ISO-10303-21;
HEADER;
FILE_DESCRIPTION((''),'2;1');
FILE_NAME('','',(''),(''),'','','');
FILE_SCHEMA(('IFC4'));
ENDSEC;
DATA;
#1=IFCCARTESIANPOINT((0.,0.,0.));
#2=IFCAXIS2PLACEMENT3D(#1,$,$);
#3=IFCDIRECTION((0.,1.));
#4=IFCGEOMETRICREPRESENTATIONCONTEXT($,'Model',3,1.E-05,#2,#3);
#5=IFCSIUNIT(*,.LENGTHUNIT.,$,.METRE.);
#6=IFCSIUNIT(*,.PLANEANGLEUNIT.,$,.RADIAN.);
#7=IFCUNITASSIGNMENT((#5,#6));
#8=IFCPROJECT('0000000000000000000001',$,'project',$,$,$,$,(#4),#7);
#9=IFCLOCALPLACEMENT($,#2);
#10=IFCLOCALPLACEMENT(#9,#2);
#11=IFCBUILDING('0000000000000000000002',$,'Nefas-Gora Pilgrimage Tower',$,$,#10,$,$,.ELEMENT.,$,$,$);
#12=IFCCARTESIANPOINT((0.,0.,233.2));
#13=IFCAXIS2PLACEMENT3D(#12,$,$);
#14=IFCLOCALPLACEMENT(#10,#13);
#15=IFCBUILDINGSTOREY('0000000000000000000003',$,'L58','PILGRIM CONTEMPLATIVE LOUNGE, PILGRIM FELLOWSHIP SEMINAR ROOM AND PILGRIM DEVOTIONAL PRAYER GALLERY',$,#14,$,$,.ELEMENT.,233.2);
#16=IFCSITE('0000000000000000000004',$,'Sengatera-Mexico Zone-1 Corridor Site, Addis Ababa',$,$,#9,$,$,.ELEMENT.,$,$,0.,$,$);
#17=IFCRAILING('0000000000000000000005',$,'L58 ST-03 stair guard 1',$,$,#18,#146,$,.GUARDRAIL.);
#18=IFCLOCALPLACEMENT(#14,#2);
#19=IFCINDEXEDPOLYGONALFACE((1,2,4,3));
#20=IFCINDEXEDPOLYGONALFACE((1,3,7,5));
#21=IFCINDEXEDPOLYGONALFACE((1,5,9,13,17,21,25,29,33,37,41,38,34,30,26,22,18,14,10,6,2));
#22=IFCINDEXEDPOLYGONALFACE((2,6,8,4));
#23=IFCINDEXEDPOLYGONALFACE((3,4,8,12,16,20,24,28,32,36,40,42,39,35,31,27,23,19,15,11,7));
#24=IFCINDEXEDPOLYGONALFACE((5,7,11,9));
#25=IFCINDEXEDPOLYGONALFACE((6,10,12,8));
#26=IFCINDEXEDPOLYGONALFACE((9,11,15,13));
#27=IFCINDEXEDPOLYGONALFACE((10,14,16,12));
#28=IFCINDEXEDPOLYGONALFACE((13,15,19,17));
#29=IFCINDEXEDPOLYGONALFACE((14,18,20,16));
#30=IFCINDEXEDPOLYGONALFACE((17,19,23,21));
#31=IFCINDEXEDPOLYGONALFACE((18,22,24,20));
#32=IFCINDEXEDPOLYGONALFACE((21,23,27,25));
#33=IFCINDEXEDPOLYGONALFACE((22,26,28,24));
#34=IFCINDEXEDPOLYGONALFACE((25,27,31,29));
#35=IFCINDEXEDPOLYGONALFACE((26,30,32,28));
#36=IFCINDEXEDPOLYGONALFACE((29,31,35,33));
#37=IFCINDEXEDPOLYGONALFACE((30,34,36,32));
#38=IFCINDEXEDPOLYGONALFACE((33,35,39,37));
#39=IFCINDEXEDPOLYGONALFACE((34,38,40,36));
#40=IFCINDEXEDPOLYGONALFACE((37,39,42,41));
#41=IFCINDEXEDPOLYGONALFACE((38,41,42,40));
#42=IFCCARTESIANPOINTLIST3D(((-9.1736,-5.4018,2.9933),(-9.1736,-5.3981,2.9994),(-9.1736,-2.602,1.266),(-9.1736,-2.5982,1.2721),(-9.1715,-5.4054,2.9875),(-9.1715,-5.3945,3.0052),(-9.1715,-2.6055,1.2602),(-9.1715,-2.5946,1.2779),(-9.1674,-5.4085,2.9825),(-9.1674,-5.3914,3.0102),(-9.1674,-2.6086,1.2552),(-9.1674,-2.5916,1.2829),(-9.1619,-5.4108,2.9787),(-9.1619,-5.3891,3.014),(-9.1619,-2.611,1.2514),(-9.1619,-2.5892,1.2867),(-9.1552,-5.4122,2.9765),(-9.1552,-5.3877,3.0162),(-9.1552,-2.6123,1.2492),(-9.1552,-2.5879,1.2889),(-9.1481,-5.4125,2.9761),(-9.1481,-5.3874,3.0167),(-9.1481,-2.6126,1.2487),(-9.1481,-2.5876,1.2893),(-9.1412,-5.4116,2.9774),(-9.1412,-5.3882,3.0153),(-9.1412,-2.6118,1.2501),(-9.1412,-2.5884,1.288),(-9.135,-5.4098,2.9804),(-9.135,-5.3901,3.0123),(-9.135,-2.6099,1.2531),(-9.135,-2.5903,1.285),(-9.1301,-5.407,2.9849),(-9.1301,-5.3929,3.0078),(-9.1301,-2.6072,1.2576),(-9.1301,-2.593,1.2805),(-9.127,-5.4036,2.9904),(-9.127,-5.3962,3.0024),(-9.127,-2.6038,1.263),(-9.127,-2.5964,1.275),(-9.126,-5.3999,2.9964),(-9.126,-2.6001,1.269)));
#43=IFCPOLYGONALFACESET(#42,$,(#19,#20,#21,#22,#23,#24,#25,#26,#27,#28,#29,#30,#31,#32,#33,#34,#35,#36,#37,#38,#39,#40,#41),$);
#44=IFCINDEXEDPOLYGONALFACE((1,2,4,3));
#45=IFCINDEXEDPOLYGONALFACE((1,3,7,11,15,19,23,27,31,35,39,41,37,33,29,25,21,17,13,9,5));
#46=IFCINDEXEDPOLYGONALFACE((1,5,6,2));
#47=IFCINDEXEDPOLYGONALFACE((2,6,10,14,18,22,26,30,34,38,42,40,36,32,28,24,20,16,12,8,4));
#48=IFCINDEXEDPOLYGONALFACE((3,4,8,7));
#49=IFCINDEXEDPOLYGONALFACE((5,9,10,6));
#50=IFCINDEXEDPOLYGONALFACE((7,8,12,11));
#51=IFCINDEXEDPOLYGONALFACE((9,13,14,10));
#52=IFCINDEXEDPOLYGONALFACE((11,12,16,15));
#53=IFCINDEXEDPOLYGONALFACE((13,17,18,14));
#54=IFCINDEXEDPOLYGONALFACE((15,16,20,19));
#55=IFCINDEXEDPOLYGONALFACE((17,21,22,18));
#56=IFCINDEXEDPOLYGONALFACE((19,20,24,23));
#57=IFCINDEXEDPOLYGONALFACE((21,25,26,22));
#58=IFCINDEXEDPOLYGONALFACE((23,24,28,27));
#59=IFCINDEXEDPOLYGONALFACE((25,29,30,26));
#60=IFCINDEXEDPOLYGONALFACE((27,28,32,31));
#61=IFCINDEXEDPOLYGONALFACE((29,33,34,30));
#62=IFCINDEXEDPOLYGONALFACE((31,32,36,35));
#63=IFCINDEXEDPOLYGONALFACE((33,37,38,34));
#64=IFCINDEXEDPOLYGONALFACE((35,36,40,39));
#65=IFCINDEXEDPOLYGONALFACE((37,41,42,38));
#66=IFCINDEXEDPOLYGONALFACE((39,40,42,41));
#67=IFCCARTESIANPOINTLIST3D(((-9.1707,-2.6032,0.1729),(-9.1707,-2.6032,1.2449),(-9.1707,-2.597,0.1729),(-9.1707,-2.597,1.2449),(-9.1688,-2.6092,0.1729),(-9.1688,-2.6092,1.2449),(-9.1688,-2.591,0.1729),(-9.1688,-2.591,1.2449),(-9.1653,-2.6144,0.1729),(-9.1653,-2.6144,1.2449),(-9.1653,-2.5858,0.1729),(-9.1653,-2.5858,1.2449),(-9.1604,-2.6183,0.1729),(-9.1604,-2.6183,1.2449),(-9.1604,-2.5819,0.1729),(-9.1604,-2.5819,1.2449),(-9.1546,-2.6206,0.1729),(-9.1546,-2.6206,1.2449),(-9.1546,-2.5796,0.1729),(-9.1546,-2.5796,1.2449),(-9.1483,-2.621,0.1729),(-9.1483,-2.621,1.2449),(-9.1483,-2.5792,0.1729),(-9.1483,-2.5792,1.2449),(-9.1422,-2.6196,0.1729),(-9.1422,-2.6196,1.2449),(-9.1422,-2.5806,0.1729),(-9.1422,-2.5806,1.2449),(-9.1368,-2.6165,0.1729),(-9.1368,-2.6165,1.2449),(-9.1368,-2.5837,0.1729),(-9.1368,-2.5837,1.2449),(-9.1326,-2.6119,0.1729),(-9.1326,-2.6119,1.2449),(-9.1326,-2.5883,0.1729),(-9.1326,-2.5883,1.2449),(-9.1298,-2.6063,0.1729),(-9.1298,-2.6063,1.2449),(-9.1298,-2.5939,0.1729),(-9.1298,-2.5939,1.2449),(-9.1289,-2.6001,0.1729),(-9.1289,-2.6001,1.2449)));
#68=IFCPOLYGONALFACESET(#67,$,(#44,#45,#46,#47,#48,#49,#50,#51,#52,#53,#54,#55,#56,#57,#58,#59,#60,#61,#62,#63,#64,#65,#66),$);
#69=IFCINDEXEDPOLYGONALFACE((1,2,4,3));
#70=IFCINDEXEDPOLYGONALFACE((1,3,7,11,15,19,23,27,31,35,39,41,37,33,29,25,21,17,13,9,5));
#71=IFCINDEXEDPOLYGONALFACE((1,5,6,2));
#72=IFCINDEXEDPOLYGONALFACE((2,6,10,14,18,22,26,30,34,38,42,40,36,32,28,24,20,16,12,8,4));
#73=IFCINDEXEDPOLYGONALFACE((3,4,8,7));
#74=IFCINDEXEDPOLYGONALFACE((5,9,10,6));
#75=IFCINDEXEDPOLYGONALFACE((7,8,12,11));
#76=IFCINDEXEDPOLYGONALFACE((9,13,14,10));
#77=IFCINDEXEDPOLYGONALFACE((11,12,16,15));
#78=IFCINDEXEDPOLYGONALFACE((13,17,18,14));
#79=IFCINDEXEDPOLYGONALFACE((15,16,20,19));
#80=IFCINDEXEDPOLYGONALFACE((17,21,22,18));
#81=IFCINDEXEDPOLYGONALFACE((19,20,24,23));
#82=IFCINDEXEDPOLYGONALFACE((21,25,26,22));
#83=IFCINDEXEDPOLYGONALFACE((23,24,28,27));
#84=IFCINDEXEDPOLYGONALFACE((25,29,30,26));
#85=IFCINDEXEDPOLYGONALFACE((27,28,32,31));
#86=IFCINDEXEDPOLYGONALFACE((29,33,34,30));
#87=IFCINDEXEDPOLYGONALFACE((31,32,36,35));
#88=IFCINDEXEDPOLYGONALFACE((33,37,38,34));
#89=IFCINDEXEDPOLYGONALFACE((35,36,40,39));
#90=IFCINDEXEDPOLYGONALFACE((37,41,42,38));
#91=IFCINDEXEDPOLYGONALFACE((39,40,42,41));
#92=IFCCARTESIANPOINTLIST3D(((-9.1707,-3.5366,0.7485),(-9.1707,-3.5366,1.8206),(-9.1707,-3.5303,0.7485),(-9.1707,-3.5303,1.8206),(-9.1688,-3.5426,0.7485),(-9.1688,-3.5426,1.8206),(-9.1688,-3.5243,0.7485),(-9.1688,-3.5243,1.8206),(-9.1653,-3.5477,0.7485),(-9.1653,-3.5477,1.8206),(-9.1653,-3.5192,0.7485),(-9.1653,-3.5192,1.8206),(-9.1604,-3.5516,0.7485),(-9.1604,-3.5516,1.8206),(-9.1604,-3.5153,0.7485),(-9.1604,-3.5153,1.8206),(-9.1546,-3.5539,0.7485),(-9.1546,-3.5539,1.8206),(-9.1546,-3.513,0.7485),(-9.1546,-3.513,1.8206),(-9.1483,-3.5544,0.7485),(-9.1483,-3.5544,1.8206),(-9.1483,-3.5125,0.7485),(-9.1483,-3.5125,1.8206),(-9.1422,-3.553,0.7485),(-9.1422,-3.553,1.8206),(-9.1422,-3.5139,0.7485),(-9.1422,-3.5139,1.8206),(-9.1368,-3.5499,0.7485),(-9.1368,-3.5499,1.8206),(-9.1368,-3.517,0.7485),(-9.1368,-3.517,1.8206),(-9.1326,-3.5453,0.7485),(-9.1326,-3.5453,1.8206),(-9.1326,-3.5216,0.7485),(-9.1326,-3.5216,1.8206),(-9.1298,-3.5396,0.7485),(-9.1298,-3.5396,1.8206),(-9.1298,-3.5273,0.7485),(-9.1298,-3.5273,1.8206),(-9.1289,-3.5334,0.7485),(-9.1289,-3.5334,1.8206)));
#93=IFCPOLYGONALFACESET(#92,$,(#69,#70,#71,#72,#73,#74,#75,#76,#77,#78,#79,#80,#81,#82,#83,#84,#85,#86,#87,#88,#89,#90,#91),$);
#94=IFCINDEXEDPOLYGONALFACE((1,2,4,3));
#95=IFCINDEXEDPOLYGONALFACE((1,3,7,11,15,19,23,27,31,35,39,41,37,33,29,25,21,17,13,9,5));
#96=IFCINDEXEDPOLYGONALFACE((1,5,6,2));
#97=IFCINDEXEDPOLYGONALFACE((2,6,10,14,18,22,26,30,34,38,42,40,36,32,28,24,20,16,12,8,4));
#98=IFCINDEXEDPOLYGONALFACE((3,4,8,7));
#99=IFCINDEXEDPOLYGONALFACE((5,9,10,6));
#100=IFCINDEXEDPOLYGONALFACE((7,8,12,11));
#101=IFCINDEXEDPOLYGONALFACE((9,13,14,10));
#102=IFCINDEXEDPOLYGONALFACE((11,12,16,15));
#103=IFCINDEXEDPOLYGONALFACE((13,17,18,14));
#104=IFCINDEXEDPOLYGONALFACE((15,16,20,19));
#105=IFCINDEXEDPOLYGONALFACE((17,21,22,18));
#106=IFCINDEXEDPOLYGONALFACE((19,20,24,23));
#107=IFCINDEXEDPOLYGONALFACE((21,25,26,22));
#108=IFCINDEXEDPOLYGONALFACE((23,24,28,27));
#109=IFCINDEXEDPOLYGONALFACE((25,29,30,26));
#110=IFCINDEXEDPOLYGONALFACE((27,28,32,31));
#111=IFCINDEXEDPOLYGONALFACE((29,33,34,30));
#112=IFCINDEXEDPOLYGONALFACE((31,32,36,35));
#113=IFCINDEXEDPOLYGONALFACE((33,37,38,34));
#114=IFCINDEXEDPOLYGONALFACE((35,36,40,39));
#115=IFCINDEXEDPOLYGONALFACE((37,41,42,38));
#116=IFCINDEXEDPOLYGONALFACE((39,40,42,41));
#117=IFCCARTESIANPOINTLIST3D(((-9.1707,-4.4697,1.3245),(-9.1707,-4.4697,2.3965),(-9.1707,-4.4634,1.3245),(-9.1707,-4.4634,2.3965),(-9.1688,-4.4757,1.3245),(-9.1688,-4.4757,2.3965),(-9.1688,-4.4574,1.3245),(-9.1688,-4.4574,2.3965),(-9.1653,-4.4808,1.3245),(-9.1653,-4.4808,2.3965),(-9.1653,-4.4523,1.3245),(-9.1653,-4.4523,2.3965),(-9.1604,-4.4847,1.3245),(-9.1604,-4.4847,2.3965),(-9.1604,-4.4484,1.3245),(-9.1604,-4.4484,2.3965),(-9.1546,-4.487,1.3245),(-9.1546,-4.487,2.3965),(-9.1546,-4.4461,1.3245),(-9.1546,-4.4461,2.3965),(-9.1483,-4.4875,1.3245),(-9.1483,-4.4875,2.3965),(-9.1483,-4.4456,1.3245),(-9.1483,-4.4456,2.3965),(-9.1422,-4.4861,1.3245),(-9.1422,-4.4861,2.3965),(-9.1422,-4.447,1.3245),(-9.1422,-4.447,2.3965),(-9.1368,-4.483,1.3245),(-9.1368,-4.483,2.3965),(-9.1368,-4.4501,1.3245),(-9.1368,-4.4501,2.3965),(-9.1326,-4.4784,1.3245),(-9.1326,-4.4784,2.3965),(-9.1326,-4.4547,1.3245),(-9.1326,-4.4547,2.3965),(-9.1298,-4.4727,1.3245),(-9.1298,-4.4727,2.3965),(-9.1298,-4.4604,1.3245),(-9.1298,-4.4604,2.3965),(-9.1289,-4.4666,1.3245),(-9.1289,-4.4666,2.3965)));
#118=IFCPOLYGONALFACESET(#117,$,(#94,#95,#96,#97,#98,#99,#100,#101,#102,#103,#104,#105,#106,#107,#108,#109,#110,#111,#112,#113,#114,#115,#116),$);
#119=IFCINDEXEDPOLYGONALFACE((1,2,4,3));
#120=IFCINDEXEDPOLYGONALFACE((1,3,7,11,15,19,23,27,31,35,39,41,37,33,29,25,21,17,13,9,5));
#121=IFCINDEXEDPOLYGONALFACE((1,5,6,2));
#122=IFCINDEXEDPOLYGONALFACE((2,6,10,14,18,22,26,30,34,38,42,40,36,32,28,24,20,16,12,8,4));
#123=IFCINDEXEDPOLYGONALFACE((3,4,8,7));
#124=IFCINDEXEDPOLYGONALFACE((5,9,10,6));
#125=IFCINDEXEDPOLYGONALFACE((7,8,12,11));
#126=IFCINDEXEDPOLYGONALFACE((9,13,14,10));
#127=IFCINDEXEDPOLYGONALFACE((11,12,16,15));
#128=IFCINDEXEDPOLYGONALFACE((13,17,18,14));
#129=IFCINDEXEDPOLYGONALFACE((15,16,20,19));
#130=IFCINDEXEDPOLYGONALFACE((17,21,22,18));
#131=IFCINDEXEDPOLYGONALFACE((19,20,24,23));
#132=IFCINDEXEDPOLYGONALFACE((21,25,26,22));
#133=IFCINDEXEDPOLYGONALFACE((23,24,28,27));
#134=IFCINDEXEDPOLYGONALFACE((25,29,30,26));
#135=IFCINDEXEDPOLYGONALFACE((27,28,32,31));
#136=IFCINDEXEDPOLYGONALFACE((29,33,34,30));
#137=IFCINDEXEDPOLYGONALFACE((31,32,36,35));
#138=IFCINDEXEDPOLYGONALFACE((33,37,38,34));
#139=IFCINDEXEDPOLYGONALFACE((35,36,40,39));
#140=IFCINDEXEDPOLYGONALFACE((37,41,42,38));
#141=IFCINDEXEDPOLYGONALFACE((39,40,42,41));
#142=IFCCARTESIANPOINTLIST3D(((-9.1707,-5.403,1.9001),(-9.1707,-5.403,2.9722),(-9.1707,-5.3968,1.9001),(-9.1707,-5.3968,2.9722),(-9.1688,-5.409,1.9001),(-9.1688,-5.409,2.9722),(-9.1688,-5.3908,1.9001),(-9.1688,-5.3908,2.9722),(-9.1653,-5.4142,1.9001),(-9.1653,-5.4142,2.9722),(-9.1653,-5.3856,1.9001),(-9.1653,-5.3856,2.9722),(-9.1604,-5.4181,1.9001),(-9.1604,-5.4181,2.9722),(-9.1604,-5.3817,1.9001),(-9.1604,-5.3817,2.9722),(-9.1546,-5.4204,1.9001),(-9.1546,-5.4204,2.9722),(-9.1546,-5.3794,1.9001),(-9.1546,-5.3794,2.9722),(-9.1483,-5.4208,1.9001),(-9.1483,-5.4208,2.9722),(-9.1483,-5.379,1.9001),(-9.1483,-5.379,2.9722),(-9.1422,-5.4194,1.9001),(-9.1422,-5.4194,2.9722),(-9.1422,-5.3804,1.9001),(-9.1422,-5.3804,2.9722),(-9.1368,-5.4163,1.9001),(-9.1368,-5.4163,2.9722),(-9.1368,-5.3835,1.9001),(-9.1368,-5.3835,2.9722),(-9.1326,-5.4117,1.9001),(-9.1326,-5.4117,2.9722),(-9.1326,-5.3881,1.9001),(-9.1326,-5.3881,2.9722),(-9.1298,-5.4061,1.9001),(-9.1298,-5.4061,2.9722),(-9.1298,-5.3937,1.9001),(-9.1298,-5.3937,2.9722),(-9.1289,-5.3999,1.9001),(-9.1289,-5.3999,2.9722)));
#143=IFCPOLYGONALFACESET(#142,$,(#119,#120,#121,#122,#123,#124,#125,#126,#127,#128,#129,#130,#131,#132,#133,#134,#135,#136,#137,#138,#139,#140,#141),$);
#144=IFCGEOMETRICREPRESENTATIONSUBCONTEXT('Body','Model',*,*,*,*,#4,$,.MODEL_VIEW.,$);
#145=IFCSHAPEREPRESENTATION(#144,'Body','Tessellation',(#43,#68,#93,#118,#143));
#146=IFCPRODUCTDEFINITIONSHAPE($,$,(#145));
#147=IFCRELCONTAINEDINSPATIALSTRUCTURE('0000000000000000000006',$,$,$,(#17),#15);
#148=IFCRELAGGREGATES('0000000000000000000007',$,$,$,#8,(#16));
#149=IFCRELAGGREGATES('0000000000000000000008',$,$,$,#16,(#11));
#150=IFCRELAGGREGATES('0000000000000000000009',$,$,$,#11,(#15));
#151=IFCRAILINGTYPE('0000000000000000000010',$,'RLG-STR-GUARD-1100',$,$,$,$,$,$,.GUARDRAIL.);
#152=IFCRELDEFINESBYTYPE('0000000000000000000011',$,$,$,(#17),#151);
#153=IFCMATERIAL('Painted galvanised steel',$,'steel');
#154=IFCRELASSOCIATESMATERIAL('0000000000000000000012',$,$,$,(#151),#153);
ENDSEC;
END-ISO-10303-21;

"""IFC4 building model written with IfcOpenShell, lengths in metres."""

from ifc_helpers import new_model, si_unit, direction, frame, origin, origin_2d, place, context, subcontext, project, spatial, circle, extrude, material, type_object, element, save


model = new_model("IFC4")

# Units and contexts
model_context = context("Model", 3, precision=1e-05, world=origin(), true_north=direction((0.0, 1.0)))
body_context = subcontext(model_context, "Body", "Model", "MODEL_VIEW")
ifc_project = project(units=[si_unit("LENGTHUNIT", "METRE"), si_unit("PLANEANGLEUNIT", "RADIAN")], contexts=[model_context])

# Site, building, storey
site_placement = place(None, origin())
site = spatial("IfcSite", under=ifc_project, at=site_placement, Name="Sengatera-Mexico Zone-1 Corridor Site, Addis Ababa", CompositionType="ELEMENT", RefElevation=0.0)
building_placement = place(site_placement, origin())
building = spatial("IfcBuilding", under=site, at=building_placement, Name="Nefas-Gora Pilgrimage Tower", CompositionType="ELEMENT")
storey_placement = place(building_placement, frame((0.0, 0.0, 233.2)))
storey = spatial("IfcBuildingStorey", under=building, at=storey_placement, Name="L58", Description="PILGRIM CONTEMPLATIVE LOUNGE, PILGRIM FELLOWSHIP SEMINAR ROOM AND PILGRIM DEVOTIONAL PRAYER GALLERY", CompositionType="ELEMENT", Elevation=233.2)

# Railing
ifc_material_1 = material(Name="Painted galvanised steel", Category="steel")
railing_type_1 = type_object("IfcRailingType", Name="RLG-STR-GUARD-1100", PredefinedType="GUARDRAIL", material=ifc_material_1)
railing_1_placement = place(storey_placement, frame((-9.1499, -2.6001, 0.1729)))
element("IfcRailing", 1, at=railing_1_placement, inside=storey, type_object=railing_type_1, Name="L58 ST-03 stair guard 1", PredefinedType="GUARDRAIL", context=body_context, shape_type="SweptSolid", body=[
    extrude(circle(Radius=0.0239, at=origin_2d()), frame((0.0, 0.0, 1.0962), z_axis=(0.0, -0.851069, 0.525054), x_axis=(1.0, 0.0, 0.0)), (0.0, 0.0, 1.0), 3.2898),
    extrude(circle(Radius=0.021, at=origin_2d()), origin(), (0.0, 0.0, 1.0), 1.072),
    extrude(circle(Radius=0.021, at=origin_2d()), frame((0.0, -0.9333, 0.5757)), (0.0, 0.0, 1.0), 1.072),
    extrude(circle(Radius=0.021, at=origin_2d()), frame((0.0, -1.8665, 1.1516)), (0.0, 0.0, 1.0), 1.072),
    extrude(circle(Radius=0.021, at=origin_2d()), frame((0.0, -2.7998, 1.7273)), (0.0, 0.0, 1.0), 1.072),
])

save(model, "model.ifc")
